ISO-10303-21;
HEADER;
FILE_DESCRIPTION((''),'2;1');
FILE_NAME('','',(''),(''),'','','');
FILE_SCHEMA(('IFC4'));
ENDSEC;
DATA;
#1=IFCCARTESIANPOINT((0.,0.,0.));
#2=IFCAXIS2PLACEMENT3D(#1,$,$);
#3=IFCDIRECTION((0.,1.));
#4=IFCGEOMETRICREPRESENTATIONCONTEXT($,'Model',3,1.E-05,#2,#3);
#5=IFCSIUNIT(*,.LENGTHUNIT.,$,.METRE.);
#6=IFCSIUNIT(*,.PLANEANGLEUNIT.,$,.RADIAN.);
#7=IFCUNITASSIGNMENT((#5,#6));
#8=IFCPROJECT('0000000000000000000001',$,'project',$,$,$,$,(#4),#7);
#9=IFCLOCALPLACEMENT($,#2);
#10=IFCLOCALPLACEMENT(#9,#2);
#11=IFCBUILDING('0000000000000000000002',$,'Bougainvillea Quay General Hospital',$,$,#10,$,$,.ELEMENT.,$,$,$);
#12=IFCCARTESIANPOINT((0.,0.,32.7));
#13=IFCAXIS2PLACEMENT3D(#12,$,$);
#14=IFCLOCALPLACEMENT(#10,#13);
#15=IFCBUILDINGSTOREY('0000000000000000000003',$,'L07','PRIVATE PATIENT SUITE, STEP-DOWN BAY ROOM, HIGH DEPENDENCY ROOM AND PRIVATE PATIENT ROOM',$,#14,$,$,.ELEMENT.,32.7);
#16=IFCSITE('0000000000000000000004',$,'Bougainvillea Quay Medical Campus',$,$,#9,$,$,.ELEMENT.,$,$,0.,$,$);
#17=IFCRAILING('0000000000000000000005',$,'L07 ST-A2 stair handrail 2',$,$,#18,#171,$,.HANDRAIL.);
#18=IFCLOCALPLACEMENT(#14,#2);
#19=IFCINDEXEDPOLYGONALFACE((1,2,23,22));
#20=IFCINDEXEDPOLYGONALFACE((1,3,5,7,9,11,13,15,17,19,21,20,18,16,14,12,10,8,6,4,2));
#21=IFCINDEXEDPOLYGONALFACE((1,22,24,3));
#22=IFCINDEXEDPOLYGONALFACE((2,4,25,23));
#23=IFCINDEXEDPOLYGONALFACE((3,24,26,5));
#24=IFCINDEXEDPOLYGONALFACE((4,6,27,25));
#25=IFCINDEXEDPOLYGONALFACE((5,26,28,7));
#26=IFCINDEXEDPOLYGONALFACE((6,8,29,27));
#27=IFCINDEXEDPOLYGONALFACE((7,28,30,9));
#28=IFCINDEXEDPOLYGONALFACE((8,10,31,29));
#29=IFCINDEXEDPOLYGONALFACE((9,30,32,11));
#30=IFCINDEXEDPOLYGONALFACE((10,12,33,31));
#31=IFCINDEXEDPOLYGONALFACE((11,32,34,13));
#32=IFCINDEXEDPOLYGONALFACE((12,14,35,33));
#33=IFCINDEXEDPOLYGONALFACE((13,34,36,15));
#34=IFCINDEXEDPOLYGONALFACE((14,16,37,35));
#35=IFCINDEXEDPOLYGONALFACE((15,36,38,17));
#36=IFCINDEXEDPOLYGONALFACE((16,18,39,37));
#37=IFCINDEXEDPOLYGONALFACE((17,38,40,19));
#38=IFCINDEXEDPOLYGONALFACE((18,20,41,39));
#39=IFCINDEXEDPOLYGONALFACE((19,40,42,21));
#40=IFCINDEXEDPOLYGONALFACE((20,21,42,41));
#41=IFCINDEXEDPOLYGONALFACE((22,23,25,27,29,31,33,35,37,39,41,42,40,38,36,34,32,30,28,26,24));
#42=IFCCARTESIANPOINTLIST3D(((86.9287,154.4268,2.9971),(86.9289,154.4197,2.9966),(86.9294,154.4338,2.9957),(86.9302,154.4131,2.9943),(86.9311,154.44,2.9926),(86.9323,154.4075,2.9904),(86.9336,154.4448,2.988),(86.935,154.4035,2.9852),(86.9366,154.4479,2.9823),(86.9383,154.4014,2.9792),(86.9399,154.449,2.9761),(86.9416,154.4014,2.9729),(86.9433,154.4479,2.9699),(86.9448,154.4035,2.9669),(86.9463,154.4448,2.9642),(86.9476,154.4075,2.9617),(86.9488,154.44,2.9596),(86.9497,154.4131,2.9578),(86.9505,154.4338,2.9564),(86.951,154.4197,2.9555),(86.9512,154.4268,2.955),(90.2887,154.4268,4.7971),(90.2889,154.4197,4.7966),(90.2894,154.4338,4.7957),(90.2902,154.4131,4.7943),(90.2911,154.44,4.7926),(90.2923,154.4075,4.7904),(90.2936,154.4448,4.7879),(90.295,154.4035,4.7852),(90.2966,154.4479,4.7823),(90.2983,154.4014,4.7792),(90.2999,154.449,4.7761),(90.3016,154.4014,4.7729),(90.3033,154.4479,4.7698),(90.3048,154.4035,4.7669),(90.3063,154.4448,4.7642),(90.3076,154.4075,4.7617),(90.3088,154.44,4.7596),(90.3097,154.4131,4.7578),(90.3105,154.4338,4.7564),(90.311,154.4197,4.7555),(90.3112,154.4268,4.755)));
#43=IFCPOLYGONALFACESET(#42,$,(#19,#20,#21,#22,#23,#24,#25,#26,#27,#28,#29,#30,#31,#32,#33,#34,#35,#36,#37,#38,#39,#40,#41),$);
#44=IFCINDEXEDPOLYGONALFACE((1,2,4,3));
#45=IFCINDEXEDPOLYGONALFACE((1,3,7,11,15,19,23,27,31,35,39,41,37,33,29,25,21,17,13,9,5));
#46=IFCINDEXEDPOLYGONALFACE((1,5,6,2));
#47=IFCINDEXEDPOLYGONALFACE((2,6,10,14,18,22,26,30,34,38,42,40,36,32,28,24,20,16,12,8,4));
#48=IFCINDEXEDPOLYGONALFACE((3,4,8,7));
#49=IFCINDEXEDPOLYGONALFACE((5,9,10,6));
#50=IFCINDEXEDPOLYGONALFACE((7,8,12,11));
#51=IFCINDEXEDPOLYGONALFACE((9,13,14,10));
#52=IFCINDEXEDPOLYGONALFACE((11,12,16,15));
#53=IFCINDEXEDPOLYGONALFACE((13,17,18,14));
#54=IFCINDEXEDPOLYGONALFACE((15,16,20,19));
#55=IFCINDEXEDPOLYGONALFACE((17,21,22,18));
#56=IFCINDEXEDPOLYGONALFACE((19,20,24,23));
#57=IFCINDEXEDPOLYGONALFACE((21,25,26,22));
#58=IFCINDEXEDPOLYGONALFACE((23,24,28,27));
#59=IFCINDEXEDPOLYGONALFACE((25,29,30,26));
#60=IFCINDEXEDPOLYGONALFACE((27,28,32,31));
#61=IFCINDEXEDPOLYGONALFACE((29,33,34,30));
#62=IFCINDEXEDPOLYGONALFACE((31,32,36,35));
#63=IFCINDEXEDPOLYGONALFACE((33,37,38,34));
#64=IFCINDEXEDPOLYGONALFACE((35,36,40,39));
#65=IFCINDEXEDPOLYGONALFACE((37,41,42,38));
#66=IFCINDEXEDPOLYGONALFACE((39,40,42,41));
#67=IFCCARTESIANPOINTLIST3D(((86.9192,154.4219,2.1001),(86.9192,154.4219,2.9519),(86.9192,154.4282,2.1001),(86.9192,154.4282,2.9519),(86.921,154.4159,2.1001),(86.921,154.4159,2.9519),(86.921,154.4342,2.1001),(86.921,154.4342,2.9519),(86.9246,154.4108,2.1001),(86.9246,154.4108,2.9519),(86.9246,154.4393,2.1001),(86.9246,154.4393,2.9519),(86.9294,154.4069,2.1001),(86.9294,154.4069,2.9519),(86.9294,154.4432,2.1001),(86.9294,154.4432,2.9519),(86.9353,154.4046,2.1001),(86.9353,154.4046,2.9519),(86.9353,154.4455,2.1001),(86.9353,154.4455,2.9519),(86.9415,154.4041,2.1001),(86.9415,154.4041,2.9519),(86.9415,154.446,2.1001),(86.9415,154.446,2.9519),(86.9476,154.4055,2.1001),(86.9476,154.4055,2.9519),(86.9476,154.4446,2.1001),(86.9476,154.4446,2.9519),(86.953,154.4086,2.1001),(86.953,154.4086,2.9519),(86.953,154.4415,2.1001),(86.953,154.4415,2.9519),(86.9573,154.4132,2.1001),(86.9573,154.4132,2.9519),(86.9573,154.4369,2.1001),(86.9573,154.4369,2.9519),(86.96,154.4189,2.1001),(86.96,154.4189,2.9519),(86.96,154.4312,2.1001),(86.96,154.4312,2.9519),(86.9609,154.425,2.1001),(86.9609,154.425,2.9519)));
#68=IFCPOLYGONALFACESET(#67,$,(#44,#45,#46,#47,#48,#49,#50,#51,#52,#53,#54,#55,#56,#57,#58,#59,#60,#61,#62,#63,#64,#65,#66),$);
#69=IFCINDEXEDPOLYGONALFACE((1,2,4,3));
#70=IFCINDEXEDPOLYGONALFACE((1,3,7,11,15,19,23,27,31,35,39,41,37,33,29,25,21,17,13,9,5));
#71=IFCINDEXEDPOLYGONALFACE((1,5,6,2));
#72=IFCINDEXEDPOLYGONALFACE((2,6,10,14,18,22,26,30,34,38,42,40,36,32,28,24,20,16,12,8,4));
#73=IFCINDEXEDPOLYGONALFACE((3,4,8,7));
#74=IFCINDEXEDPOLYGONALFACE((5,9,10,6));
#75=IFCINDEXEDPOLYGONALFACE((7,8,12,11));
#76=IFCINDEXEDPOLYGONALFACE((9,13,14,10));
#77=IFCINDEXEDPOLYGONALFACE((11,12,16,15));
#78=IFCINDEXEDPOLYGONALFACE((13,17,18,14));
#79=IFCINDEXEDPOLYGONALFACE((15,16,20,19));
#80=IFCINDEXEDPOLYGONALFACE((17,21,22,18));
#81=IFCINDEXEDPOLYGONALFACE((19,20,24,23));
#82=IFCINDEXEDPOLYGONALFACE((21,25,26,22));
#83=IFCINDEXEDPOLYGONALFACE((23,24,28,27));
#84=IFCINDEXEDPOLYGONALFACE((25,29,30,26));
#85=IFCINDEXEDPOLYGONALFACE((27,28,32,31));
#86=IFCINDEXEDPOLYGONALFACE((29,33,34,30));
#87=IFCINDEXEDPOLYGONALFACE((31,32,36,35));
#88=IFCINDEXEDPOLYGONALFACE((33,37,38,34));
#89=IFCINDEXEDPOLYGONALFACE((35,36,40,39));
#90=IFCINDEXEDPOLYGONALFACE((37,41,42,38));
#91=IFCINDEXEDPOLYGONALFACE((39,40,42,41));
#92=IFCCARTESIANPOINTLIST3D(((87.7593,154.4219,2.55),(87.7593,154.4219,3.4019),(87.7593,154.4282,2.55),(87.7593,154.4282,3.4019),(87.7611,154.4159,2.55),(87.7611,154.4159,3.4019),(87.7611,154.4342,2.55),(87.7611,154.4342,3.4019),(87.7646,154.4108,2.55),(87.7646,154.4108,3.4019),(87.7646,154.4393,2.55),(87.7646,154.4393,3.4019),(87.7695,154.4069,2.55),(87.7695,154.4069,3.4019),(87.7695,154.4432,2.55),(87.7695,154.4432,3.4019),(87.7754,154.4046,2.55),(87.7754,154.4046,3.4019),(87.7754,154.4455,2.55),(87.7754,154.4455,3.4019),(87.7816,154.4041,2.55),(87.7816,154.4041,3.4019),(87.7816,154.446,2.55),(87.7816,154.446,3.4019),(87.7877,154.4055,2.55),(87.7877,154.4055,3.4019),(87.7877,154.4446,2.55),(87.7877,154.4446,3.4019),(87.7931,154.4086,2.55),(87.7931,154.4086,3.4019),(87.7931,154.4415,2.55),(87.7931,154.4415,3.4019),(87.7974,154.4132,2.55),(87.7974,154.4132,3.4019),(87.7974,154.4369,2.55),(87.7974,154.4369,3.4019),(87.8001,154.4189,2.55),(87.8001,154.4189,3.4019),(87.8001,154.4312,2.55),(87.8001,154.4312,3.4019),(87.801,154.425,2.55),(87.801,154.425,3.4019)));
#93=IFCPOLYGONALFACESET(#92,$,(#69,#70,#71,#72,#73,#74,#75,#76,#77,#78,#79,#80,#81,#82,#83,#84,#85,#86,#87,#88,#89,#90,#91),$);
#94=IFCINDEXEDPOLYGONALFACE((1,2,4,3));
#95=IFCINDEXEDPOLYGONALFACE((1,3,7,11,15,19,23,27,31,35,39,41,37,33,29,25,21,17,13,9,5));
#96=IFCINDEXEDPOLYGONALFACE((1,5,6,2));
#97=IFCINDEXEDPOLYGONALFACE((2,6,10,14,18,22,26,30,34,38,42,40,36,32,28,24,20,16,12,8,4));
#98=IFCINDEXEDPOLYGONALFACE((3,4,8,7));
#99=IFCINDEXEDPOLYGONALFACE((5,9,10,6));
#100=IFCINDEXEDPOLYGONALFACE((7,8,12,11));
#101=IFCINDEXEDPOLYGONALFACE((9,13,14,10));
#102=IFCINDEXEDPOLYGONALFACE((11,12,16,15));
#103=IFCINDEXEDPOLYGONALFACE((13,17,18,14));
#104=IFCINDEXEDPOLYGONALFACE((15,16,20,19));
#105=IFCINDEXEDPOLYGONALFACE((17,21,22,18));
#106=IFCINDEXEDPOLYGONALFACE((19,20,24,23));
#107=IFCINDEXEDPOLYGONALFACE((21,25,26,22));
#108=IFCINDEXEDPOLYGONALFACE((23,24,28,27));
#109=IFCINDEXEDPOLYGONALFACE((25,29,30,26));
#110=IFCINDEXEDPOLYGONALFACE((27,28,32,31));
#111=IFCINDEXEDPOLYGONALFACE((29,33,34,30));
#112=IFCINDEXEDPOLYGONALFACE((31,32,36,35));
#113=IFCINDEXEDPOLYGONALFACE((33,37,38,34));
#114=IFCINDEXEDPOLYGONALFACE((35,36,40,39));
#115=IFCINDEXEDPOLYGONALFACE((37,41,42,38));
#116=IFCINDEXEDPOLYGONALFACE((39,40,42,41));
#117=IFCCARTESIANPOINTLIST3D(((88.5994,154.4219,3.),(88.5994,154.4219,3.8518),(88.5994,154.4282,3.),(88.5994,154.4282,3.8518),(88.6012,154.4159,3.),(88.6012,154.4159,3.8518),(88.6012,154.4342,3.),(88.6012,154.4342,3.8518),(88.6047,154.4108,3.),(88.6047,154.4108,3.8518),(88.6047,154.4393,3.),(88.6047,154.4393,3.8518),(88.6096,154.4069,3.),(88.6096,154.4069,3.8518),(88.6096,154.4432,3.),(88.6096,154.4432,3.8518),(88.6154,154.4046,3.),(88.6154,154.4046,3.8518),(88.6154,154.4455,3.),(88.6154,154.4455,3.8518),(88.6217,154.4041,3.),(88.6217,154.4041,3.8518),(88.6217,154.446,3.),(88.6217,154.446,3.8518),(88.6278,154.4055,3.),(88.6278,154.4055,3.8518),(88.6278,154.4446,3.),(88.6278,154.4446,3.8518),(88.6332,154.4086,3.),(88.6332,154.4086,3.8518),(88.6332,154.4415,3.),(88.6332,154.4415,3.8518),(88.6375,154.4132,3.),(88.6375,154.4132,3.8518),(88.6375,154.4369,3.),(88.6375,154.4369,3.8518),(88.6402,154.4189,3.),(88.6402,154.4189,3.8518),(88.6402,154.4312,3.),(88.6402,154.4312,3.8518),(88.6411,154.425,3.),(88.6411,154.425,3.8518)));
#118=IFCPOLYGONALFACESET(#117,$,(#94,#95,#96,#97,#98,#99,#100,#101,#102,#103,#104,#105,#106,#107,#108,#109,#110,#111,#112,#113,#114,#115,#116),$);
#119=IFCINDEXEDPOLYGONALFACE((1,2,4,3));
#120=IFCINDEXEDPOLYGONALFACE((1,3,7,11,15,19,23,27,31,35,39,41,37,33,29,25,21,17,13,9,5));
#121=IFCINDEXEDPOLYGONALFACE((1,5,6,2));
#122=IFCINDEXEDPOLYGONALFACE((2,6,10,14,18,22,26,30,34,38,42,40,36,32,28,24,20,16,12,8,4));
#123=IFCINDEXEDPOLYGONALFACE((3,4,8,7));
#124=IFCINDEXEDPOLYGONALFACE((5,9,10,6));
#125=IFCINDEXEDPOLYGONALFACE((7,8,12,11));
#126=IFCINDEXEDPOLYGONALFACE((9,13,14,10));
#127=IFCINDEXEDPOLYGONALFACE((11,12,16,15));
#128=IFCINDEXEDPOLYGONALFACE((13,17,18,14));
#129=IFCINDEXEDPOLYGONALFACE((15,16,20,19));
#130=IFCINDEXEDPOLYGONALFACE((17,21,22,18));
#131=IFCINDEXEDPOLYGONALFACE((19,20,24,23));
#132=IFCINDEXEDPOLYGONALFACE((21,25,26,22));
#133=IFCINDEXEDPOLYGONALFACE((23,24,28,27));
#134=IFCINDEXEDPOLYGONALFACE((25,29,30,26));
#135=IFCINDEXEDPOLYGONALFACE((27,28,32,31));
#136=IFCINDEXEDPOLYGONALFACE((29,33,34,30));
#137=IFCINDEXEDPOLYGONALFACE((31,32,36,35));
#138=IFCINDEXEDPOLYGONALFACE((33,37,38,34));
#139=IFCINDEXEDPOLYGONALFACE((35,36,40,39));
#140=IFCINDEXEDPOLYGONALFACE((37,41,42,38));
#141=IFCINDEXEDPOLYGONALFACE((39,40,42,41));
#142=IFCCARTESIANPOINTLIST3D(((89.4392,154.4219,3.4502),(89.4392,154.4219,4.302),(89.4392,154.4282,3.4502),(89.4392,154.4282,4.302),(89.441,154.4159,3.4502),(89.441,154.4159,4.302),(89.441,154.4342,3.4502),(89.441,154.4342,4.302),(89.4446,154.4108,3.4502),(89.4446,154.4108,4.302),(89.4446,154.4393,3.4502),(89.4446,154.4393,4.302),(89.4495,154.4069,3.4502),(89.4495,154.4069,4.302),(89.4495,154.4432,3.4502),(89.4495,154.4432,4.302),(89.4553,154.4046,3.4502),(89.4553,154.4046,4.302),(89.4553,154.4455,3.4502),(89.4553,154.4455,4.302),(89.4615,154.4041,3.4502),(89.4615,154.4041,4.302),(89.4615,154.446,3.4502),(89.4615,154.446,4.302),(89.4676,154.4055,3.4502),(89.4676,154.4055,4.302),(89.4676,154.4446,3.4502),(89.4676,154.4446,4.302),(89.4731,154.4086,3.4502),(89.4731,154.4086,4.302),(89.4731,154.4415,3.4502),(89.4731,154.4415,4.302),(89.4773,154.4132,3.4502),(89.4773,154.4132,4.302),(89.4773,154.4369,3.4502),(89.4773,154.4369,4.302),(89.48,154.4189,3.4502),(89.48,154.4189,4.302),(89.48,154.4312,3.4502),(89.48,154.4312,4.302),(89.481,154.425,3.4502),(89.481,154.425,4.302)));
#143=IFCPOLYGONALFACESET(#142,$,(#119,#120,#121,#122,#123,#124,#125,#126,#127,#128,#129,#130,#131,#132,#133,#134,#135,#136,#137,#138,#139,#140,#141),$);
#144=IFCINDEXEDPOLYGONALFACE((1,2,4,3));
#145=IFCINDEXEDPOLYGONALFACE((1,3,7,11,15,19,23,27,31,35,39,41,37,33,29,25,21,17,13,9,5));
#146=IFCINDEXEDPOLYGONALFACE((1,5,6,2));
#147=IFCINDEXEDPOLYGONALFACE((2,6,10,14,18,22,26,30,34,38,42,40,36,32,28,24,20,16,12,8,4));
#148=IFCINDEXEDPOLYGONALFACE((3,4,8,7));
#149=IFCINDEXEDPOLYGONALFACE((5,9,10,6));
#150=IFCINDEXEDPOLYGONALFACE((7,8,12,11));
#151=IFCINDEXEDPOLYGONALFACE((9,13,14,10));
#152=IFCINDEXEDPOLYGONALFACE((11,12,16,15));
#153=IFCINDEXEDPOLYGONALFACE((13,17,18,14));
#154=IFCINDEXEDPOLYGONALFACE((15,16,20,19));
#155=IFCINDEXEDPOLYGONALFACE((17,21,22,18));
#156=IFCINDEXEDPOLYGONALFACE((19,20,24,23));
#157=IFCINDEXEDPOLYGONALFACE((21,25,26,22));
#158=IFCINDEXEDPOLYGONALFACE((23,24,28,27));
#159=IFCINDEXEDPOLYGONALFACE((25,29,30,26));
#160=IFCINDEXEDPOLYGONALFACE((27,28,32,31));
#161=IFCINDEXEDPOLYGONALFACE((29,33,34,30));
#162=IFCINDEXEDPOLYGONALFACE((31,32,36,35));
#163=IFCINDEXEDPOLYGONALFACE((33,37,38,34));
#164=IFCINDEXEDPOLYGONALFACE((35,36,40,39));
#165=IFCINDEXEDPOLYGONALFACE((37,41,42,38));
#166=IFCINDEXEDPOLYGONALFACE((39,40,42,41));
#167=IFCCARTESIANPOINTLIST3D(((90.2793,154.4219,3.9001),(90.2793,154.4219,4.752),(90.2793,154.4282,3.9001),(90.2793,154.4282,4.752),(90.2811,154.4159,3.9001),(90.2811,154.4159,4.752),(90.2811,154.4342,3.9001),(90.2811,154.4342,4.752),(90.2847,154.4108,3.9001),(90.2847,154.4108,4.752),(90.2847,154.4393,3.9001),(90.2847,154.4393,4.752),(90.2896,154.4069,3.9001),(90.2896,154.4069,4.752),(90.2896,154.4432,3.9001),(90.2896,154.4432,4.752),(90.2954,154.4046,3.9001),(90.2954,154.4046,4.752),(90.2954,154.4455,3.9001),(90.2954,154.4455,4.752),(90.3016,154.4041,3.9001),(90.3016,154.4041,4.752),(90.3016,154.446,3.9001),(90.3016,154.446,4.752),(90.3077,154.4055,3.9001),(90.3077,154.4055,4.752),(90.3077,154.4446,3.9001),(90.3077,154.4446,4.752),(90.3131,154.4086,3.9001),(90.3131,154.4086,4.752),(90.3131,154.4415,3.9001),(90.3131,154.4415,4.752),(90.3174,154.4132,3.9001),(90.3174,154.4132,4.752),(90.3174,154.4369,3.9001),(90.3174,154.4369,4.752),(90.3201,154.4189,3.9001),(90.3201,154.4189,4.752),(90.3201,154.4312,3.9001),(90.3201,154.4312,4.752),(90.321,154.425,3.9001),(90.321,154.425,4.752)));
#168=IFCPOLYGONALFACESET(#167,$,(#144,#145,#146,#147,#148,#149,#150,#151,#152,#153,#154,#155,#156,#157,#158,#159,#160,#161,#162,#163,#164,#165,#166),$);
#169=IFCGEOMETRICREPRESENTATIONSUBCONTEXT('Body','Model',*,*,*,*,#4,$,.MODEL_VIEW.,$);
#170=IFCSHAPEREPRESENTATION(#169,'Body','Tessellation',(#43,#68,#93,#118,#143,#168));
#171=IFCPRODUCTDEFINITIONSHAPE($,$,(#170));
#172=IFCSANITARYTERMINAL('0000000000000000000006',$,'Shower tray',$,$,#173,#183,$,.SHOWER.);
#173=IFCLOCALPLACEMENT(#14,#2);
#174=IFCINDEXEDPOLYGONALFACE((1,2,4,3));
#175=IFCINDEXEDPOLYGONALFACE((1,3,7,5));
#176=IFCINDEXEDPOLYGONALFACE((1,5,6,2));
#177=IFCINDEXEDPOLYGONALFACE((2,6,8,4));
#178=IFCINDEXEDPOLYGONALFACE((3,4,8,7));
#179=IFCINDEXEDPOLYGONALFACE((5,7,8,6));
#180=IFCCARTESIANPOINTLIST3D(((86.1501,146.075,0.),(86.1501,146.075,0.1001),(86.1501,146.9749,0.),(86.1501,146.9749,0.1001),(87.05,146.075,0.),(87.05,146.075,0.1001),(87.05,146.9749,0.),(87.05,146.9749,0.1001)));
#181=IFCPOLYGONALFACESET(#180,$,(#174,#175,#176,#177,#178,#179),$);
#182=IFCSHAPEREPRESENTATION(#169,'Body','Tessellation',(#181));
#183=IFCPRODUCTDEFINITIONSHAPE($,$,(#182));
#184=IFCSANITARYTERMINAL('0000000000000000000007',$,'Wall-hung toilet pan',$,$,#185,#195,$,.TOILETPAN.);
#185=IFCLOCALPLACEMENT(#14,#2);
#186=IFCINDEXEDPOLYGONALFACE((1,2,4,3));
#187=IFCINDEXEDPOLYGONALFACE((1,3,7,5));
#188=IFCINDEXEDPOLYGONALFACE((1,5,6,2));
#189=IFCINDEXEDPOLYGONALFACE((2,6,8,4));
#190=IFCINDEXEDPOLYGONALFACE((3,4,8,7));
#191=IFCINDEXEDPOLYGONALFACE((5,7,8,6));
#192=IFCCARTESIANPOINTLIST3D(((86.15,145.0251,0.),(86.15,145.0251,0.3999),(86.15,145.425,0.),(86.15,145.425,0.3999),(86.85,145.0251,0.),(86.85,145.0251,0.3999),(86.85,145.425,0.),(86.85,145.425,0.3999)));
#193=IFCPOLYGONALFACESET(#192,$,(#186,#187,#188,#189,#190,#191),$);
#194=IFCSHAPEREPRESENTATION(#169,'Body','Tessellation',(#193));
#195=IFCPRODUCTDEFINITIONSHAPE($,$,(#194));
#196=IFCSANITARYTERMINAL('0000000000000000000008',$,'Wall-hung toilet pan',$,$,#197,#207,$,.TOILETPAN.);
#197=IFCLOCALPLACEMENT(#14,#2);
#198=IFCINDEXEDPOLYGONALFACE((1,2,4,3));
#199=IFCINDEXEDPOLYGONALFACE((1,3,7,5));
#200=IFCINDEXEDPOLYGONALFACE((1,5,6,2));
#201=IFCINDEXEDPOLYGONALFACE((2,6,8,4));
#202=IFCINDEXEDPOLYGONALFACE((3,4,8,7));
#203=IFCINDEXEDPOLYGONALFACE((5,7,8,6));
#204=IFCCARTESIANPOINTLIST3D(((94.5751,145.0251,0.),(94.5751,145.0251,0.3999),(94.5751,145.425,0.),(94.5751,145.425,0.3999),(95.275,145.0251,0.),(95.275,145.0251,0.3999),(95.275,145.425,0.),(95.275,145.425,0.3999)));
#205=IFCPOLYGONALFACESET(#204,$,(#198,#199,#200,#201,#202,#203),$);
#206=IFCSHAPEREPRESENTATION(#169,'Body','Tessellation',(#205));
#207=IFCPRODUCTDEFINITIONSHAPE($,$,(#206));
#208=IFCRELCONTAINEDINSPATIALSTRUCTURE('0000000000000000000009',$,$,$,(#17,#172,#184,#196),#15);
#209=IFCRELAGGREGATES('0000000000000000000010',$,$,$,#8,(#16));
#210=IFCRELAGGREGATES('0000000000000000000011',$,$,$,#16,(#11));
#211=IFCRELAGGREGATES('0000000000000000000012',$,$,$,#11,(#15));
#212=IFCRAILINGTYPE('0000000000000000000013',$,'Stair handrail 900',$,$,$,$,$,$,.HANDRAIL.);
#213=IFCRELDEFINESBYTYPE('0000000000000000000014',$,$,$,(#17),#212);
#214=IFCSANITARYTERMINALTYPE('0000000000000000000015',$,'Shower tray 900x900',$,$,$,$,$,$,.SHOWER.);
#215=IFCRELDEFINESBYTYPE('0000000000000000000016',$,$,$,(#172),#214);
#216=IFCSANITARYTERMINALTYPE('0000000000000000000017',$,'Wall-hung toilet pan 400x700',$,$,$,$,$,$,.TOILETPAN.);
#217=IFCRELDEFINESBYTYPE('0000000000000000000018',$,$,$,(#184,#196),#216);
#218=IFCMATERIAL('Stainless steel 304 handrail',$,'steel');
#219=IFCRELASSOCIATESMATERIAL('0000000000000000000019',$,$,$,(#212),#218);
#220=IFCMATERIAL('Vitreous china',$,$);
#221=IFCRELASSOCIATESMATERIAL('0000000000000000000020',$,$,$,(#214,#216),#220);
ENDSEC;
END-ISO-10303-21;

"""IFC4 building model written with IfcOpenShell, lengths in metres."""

from ifc_helpers import new_model, si_unit, direction, frame, origin, origin_2d, place, context, subcontext, project, spatial, rectangle, circle, extrude, material, type_object, element, save


model = new_model("IFC4")

# Units and contexts
model_context = context("Model", 3, precision=1e-05, world=origin(), true_north=direction((0.0, 1.0)))
body_context = subcontext(model_context, "Body", "Model", "MODEL_VIEW")
ifc_project = project(units=[si_unit("LENGTHUNIT", "METRE"), si_unit("PLANEANGLEUNIT", "RADIAN")], contexts=[model_context])

# Site, building, storey
site_placement = place(None, origin())
site = spatial("IfcSite", under=ifc_project, at=site_placement, Name="Bougainvillea Quay Medical Campus", CompositionType="ELEMENT", RefElevation=0.0)
building_placement = place(site_placement, origin())
building = spatial("IfcBuilding", under=site, at=building_placement, Name="Bougainvillea Quay General Hospital", CompositionType="ELEMENT")
storey_placement = place(building_placement, frame((0.0, 0.0, 32.7)))
storey = spatial("IfcBuildingStorey", under=building, at=storey_placement, Name="L07", Description="PRIVATE PATIENT SUITE, STEP-DOWN BAY ROOM, HIGH DEPENDENCY ROOM AND PRIVATE PATIENT ROOM", CompositionType="ELEMENT", Elevation=32.7)

# Railing
ifc_material_1 = material(Name="Stainless steel 304 handrail", Category="steel")
railing_type_1 = type_object("IfcRailingType", Name="Stair handrail 900", PredefinedType="HANDRAIL", material=ifc_material_1)
railing_1_placement = place(storey_placement, frame((86.9399, 154.425, 2.1001)))
element("IfcRailing", 1, at=railing_1_placement, inside=storey, type_object=railing_type_1, Name="L07 ST-A2 stair handrail 2", PredefinedType="HANDRAIL", context=body_context, shape_type="SweptSolid", body=[
    extrude(circle(Radius=0.0239, at=origin_2d()), frame((0.0, 0.0, 0.876), z_axis=(0.881481, 0.0, 0.47222), x_axis=(0.0, 1.0, 0.0)), (0.0, 0.0, 1.0), 3.8118),
    extrude(circle(Radius=0.021, at=origin_2d()), origin(), (0.0, 0.0, 1.0), 0.8518),
    extrude(circle(Radius=0.021, at=origin_2d()), frame((0.8401, 0.0, 0.45)), (0.0, 0.0, 1.0), 0.8518),
    extrude(circle(Radius=0.021, at=origin_2d()), frame((1.6802, 0.0, 0.8999)), (0.0, 0.0, 1.0), 0.8518),
    extrude(circle(Radius=0.021, at=origin_2d()), frame((2.52, 0.0, 1.3501)), (0.0, 0.0, 1.0), 0.8518),
    extrude(circle(Radius=0.021, at=origin_2d()), frame((3.3601, 0.0, 1.8)), (0.0, 0.0, 1.0), 0.8518),
])

# Sanitary terminals
ifc_material_2 = material(Name="Vitreous china")
sanitary_terminal_type_1 = type_object("IfcSanitaryTerminalType", Name="Shower tray 900x900", PredefinedType="SHOWER", material=ifc_material_2)
sanitary_terminal_placement = place(storey_placement, frame((86.6001, 146.5249, 0.0), z_axis=(0.0, 0.0, 1.0), x_axis=(0.0, 1.0, 0.0)))
element("IfcSanitaryTerminal", 2, at=sanitary_terminal_placement, inside=storey, type_object=sanitary_terminal_type_1, Name="Shower tray", PredefinedType="SHOWER", context=body_context, shape_type="SweptSolid", body=[
    extrude(rectangle(XDim=0.8999, YDim=0.8999, at=origin_2d()), origin(), (0.0, 0.0, 1.0), 0.1001),
])
sanitary_terminal_type_2 = type_object("IfcSanitaryTerminalType", Name="Wall-hung toilet pan 400x700", PredefinedType="TOILETPAN", material=ifc_material_2)
for number, where, z_axis, x_axis, name in (
    (3, (86.5, 145.2251, 0.0), (0.0, 0.0, 1.0), (0.0, 1.0, 0.0), "Wall-hung toilet pan"),
    (4, (94.925, 145.2251, 0.0), (0.0, 0.0, 1.0), (0.0, 1.0, 0.0), "Wall-hung toilet pan"),
):
    element("IfcSanitaryTerminal", number, at=place(storey_placement, frame(where, z_axis=z_axis, x_axis=x_axis)), inside=storey, type_object=sanitary_terminal_type_2, Name=name, PredefinedType="TOILETPAN", context=body_context, shape_type="SweptSolid", body=[
        extrude(rectangle(XDim=0.3999, YDim=0.7, at=origin_2d()), origin(), (0.0, 0.0, 1.0), 0.3999),
    ])

save(model, "model.ifc")
